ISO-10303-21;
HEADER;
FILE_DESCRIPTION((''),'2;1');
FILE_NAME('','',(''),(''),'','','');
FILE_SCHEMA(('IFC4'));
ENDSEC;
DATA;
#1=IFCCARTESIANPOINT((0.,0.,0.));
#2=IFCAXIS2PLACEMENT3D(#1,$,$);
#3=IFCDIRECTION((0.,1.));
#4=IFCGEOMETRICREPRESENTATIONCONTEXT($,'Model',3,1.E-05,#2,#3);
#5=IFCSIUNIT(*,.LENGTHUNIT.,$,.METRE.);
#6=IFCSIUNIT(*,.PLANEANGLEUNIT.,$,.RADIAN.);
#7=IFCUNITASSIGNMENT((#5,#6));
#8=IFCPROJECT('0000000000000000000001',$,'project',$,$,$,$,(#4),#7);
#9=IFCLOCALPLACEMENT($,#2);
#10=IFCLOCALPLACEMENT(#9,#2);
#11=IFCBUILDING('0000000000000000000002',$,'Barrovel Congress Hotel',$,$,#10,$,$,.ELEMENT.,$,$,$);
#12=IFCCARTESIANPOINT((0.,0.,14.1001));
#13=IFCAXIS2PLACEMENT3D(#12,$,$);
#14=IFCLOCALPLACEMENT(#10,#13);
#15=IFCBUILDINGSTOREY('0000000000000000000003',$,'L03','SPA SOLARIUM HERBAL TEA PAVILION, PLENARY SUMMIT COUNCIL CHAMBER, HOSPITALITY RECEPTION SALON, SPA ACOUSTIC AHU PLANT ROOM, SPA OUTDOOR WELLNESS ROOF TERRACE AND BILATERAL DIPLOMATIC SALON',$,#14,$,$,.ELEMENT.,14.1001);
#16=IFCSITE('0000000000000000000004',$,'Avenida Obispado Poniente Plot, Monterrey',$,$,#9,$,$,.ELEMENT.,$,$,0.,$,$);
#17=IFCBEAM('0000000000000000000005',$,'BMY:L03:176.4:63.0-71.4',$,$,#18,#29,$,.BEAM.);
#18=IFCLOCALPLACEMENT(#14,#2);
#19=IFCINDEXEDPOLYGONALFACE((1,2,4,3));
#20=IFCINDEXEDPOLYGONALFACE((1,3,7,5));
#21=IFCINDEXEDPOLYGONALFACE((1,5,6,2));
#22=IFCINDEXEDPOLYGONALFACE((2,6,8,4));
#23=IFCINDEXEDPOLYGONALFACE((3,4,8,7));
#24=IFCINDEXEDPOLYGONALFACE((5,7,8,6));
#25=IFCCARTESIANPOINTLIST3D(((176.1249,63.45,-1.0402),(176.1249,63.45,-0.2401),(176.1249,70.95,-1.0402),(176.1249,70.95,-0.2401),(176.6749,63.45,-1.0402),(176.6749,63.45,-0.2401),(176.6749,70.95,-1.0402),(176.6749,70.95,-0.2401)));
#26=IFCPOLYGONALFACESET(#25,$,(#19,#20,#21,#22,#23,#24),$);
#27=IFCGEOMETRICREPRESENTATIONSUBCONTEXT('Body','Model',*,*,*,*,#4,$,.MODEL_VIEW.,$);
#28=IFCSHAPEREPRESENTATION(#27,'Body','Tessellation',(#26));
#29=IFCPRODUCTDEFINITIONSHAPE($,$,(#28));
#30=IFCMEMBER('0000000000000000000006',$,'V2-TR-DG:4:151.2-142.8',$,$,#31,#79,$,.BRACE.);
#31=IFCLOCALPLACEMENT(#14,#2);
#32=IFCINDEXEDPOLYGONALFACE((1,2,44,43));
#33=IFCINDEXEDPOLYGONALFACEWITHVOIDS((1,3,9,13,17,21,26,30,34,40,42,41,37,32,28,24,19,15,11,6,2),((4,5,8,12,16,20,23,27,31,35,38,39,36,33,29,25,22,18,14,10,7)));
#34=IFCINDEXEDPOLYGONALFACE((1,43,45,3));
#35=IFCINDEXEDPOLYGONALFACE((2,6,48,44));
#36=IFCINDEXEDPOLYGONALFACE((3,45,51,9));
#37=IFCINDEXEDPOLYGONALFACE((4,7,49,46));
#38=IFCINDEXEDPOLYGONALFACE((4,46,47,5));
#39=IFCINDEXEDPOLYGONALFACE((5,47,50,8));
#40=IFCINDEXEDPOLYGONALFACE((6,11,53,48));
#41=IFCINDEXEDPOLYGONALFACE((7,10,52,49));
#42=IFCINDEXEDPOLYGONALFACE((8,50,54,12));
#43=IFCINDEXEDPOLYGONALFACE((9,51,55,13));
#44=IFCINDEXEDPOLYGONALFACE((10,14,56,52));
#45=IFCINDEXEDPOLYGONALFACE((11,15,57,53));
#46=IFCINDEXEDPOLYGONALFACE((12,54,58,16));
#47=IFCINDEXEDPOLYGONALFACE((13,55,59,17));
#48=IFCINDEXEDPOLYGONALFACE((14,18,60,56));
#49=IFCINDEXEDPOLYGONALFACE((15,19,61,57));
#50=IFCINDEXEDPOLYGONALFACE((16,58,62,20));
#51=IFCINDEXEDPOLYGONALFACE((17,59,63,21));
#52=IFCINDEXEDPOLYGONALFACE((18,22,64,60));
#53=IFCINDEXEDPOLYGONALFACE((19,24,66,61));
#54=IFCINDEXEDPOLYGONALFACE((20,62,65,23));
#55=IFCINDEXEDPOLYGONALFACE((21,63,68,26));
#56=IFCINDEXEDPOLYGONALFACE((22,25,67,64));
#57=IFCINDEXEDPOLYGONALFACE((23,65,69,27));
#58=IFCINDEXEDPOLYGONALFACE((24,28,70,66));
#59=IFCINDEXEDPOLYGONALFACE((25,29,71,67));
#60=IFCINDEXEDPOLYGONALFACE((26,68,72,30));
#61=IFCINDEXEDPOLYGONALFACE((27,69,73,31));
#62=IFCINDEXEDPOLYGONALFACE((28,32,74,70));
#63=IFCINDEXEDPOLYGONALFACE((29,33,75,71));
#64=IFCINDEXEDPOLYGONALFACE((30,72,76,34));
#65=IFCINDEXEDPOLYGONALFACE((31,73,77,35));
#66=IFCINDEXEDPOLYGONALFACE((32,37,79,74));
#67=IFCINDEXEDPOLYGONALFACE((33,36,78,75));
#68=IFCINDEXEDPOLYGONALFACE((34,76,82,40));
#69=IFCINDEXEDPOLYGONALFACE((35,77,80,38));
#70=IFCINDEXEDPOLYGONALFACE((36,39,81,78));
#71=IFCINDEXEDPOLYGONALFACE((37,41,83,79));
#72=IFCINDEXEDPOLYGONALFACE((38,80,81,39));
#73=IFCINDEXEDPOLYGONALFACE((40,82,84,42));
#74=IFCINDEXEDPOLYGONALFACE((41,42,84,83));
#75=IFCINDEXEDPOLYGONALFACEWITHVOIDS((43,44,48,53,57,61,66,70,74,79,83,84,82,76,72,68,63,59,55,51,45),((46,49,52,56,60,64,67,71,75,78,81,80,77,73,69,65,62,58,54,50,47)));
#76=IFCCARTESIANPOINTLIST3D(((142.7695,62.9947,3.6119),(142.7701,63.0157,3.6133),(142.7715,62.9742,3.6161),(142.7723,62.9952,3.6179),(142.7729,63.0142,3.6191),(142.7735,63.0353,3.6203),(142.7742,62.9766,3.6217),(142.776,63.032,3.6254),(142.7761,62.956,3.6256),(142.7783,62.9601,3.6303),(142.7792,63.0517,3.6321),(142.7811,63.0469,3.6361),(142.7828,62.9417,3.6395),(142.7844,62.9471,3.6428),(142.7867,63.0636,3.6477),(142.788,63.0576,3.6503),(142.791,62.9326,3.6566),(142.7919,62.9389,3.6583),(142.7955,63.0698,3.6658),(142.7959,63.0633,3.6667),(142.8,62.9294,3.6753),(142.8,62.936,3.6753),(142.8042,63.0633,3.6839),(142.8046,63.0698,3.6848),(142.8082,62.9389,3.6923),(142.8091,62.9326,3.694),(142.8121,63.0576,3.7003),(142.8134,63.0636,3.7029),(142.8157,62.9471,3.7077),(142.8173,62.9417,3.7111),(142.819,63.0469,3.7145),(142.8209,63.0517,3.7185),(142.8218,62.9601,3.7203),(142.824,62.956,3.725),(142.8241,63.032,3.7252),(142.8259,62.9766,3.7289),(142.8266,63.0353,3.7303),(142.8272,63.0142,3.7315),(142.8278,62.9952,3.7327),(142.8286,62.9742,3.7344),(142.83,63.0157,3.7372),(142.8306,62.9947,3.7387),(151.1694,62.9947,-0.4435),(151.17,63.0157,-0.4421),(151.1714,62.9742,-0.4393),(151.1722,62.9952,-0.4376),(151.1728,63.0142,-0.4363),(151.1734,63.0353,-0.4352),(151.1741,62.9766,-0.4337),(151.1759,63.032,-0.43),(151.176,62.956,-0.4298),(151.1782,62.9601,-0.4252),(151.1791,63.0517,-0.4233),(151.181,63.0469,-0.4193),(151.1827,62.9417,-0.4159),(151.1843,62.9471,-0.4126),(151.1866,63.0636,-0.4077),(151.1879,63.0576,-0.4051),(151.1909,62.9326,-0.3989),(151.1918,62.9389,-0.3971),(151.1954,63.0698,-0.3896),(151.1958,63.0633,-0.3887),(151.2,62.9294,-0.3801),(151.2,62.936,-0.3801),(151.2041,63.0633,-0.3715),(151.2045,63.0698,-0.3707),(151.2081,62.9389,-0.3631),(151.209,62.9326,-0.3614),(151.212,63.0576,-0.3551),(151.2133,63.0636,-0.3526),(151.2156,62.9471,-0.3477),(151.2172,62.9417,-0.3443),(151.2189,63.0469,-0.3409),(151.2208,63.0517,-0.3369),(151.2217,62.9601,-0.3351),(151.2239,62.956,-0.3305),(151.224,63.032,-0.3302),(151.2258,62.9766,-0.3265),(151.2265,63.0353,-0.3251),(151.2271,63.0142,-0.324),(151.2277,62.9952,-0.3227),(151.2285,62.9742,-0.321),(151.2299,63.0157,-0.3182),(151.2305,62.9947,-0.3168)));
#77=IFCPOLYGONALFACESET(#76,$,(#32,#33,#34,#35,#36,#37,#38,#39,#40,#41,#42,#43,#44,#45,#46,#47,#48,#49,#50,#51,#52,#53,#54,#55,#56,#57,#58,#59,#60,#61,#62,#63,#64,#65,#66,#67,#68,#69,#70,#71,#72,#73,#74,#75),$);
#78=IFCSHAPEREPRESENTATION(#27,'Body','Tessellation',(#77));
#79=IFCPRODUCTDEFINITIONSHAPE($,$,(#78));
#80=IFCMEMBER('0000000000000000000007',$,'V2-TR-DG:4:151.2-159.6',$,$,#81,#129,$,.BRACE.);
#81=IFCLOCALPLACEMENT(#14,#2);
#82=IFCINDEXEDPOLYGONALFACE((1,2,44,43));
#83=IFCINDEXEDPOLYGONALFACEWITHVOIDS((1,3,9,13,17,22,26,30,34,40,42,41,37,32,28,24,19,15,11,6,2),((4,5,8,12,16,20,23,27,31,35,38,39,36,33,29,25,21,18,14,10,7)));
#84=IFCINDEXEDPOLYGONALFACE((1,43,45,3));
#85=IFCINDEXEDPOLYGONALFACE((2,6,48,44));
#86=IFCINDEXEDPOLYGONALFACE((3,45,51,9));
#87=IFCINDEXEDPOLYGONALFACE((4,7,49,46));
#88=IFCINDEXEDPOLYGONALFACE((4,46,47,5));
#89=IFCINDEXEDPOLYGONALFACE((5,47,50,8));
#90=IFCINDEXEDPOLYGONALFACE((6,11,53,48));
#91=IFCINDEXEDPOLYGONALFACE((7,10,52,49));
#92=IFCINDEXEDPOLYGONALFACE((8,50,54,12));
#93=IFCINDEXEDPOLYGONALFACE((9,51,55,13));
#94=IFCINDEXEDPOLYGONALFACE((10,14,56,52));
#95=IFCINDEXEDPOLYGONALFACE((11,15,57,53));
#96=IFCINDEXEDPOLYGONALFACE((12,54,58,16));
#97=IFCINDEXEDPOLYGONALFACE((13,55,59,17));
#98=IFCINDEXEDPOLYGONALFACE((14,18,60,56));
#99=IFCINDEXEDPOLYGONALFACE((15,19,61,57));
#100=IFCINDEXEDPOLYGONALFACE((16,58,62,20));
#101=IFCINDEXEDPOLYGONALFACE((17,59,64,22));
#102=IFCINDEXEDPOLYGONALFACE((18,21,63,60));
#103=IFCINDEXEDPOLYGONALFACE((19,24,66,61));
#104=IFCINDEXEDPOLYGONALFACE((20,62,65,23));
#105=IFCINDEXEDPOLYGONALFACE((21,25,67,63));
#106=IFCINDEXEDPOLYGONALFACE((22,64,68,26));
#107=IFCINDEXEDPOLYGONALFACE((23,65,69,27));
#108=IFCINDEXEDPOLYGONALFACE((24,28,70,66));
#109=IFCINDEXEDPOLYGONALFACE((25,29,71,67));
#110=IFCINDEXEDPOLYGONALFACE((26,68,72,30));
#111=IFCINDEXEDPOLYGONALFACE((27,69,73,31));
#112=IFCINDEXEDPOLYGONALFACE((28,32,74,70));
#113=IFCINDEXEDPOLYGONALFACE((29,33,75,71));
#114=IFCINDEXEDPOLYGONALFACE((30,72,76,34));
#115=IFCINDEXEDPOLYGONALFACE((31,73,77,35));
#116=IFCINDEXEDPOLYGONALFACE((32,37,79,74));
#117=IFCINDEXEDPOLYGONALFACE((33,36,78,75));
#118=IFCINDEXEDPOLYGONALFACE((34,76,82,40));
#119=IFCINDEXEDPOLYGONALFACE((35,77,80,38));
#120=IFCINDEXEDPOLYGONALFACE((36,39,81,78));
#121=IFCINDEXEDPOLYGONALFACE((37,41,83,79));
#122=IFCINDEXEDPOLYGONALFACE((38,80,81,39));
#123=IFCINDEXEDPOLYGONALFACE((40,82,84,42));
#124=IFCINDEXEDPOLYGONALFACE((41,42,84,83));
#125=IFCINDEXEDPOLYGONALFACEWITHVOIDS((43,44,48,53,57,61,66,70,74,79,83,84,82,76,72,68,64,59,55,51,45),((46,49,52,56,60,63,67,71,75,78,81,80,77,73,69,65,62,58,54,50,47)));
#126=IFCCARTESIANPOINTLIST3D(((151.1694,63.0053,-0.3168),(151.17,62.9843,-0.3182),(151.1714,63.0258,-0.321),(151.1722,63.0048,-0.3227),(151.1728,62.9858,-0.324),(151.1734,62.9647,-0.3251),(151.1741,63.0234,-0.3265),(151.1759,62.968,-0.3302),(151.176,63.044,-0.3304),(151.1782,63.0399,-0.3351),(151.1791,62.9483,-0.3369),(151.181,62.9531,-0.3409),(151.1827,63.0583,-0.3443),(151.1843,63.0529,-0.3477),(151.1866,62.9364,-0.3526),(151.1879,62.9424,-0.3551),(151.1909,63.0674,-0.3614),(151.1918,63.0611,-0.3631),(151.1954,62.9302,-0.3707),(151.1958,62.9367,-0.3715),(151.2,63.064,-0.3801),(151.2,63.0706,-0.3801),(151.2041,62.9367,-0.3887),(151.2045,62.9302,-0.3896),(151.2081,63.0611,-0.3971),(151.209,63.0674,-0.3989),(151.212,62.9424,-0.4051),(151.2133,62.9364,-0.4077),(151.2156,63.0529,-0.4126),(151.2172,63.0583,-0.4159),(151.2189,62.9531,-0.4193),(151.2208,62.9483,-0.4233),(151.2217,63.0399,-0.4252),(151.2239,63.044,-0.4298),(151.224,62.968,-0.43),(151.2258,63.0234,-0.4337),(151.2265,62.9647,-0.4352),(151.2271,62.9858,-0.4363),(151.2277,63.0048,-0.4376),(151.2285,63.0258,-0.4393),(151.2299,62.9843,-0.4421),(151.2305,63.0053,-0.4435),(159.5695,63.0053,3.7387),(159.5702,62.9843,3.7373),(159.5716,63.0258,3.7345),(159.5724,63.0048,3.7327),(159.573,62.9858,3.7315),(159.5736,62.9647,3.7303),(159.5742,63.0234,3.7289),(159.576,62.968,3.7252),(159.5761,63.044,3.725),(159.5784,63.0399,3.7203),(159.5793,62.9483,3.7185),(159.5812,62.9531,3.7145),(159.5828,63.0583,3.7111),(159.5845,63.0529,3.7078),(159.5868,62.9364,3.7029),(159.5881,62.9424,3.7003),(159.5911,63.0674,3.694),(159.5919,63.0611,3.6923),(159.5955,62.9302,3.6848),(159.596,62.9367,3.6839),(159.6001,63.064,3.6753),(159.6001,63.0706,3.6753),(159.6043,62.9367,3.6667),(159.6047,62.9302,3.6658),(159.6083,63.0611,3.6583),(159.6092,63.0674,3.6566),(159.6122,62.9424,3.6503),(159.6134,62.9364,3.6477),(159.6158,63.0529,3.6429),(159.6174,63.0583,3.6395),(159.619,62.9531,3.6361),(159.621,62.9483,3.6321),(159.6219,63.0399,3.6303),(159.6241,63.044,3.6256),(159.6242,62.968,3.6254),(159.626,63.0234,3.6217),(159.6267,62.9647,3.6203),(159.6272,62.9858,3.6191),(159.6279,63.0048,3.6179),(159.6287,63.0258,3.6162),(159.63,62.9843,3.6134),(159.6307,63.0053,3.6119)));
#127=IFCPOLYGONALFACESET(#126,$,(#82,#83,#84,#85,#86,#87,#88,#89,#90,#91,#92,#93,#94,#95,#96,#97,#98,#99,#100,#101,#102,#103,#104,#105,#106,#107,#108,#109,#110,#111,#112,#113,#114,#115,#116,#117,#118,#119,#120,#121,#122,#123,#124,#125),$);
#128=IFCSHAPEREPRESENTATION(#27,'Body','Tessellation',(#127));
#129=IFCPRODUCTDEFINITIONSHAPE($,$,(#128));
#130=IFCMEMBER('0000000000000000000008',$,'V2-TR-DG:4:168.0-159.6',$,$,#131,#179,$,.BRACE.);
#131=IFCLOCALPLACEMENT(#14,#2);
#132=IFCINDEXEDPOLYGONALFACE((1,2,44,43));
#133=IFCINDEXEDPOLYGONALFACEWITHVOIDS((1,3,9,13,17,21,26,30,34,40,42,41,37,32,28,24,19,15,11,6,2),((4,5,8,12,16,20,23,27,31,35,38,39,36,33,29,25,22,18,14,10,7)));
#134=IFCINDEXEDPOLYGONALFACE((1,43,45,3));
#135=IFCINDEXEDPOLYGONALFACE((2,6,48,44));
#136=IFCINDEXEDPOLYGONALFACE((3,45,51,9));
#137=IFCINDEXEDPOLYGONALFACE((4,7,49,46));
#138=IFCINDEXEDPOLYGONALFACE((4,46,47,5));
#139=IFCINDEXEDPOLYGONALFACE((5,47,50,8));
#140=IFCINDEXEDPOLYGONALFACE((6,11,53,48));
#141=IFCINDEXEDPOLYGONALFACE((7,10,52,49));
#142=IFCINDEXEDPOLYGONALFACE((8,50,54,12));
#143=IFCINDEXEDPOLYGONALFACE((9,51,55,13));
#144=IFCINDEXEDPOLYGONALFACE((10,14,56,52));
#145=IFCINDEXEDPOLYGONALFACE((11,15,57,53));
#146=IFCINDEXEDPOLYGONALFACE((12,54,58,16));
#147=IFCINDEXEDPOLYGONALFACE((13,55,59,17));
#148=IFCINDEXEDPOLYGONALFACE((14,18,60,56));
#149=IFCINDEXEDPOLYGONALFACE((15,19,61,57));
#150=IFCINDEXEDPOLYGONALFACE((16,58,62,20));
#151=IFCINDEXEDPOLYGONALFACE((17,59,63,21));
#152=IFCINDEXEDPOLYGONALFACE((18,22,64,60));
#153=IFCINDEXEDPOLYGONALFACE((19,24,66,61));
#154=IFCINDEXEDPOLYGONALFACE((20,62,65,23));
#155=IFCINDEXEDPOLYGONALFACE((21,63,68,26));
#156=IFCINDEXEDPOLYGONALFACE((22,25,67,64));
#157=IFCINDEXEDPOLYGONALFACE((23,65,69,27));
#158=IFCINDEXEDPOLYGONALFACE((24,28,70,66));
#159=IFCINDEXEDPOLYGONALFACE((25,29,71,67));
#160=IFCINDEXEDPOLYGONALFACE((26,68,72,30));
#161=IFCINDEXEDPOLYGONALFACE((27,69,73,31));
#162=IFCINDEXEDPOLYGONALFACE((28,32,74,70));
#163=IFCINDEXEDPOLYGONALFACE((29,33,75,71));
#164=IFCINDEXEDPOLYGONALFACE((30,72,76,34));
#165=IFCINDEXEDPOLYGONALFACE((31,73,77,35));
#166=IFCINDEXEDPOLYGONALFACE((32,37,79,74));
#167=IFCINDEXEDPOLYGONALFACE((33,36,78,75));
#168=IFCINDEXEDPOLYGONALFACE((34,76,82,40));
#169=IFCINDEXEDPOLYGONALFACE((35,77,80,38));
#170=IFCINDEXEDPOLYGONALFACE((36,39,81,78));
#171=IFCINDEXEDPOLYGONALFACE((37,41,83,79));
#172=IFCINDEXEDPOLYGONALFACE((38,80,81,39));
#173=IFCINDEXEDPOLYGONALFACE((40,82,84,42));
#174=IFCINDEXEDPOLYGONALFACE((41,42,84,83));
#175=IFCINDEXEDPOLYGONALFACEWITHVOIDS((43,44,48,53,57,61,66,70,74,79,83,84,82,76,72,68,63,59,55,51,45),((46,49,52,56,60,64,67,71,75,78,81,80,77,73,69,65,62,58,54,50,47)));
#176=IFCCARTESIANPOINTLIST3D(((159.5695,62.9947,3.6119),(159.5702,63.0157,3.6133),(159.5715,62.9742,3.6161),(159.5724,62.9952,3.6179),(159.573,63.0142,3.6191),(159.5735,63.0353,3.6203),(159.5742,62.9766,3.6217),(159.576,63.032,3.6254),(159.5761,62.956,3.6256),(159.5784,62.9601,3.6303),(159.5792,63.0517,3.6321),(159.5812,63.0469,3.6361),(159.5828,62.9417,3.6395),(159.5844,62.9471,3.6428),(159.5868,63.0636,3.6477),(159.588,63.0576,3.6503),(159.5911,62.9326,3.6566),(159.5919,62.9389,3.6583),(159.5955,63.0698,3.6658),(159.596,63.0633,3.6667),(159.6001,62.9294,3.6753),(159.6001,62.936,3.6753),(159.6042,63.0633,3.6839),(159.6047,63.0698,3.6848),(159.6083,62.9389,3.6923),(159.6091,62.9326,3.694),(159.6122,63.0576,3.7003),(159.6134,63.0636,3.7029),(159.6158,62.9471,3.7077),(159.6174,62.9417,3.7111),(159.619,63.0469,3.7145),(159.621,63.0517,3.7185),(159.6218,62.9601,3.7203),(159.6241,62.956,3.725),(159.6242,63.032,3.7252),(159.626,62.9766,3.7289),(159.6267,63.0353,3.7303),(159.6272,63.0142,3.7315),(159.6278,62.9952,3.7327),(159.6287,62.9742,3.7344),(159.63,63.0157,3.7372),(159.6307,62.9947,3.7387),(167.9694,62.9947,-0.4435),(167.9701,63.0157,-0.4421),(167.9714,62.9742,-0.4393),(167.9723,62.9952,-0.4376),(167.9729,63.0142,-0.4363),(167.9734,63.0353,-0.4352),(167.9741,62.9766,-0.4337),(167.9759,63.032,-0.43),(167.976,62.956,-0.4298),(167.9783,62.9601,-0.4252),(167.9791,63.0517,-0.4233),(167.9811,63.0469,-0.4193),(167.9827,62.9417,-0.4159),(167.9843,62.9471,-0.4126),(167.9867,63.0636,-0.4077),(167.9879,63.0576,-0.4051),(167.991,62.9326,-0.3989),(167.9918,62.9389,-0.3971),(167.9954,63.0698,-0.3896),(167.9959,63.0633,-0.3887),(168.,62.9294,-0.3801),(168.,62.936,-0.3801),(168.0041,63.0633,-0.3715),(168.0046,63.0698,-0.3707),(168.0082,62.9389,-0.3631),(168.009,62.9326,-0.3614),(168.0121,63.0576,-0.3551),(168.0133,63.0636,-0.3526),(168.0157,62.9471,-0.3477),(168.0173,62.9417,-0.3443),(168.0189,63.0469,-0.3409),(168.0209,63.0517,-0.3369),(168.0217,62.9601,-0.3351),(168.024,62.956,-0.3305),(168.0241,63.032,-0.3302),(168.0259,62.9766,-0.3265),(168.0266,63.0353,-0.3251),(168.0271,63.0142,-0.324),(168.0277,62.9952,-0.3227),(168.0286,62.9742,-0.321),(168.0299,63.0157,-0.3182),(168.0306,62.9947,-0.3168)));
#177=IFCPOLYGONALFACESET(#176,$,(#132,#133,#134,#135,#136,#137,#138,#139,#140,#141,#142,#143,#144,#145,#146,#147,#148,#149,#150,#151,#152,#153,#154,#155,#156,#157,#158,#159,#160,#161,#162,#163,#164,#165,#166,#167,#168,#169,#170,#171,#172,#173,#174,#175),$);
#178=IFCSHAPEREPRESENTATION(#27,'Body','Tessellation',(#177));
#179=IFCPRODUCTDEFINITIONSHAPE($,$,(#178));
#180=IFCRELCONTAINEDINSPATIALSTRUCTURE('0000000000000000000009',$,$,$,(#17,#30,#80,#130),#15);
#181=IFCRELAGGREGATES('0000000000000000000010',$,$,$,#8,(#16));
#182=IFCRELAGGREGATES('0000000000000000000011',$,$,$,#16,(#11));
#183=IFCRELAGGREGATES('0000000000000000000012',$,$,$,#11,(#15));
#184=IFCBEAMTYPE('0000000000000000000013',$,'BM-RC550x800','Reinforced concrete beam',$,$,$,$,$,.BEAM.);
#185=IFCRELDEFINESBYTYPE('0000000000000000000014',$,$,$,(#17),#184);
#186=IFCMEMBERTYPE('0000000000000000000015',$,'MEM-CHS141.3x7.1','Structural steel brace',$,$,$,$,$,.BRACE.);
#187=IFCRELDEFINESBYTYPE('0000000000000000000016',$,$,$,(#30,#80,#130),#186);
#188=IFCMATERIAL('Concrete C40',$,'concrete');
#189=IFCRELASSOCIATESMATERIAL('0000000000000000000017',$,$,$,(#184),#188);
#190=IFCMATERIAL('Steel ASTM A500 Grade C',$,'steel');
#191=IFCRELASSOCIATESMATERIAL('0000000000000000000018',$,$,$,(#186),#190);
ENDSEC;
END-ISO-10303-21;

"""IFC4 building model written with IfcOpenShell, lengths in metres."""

from ifc_helpers import new_model, si_unit, direction, frame, origin, origin_2d, place, context, subcontext, project, spatial, rectangle, hollow_circle, extrude, material, material_profile, profile_set, type_object, element, save


model = new_model("IFC4")

# Units and contexts
model_context = context("Model", 3, precision=1e-05, world=origin(), true_north=direction((0.0, 1.0)))
body_context = subcontext(model_context, "Body", "Model", "MODEL_VIEW")
ifc_project = project(units=[si_unit("LENGTHUNIT", "METRE"), si_unit("PLANEANGLEUNIT", "RADIAN")], contexts=[model_context])

# Site, building, storey
site_placement = place(None, origin())
site = spatial("IfcSite", under=ifc_project, at=site_placement, Name="Avenida Obispado Poniente Plot, Monterrey", CompositionType="ELEMENT", RefElevation=0.0)
building_placement = place(site_placement, origin())
building = spatial("IfcBuilding", under=site, at=building_placement, Name="Barrovel Congress Hotel", CompositionType="ELEMENT")
storey_placement = place(building_placement, frame((0.0, 0.0, 14.1001)))
storey = spatial("IfcBuildingStorey", under=building, at=storey_placement, Name="L03", Description="SPA SOLARIUM HERBAL TEA PAVILION, PLENARY SUMMIT COUNCIL CHAMBER, HOSPITALITY RECEPTION SALON, SPA ACOUSTIC AHU PLANT ROOM, SPA OUTDOOR WELLNESS ROOF TERRACE AND BILATERAL DIPLOMATIC SALON", CompositionType="ELEMENT", Elevation=14.1001)

# Beam
ifc_material_1 = material(Name="Concrete C40", Category="concrete")
ifc_material_profile_1 = material_profile(ifc_material_1, rectangle(XDim=0.55, YDim=0.8, at=origin_2d()), Name="RC550x800")
ifc_profile_set_1 = profile_set([ifc_material_profile_1], Name="Concrete C40")
beam_type_1 = type_object("IfcBeamType", Name="BM-RC550x800", Description="Reinforced concrete beam", PredefinedType="BEAM", material=ifc_profile_set_1)
beam_1_placement = place(storey_placement, frame((176.3999, 63.45, -0.6401), z_axis=(0.0, 1.0, 0.0), x_axis=(-1.0, 0.0, 0.0)))
element("IfcBeam", 1, at=beam_1_placement, inside=storey, type_object=beam_type_1, Name="BMY:L03:176.4:63.0-71.4", PredefinedType="BEAM", context=body_context, shape_type="SweptSolid", body=[
    extrude(rectangle(XDim=0.55, YDim=0.8, at=origin_2d()), origin(), (0.0, 0.0, 1.0), 7.5),
])

# Members
ifc_material_2 = material(Name="Steel ASTM A500 Grade C", Category="steel")
ifc_material_profile_2 = material_profile(ifc_material_2, hollow_circle(Radius=0.0706, WallThickness=0.0066, at=origin_2d()), Name="CHS141.3x7.1")
ifc_profile_set_2 = profile_set([ifc_material_profile_2], Name="Steel ASTM A500 Grade C")
member_type_1 = type_object("IfcMemberType", Name="MEM-CHS141.3x7.1", Description="Structural steel brace", PredefinedType="BRACE", material=ifc_profile_set_2)
member_1_placement = place(storey_placement, frame((151.2, 63.0, -0.3801), z_axis=(-0.900539, 0.0, 0.434775), x_axis=(0.0, -1.0, 0.0)))
element("IfcMember", 2, at=member_1_placement, inside=storey, type_object=member_type_1, Name="V2-TR-DG:4:151.2-142.8", PredefinedType="BRACE", context=body_context, shape_type="SweptSolid", body=[
    extrude(hollow_circle(Radius=0.0706, WallThickness=0.0066, at=origin_2d()), origin(), (0.0, 0.0, 1.0), 9.3276),
])
member_2_placement = place(storey_placement, frame((151.2, 63.0, -0.3801), z_axis=(0.900544, 0.0, 0.434764), x_axis=(0.0, 1.0, 0.0)))
element("IfcMember", 3, at=member_2_placement, inside=storey, type_object=member_type_1, Name="V2-TR-DG:4:151.2-159.6", PredefinedType="BRACE", context=body_context, shape_type="SweptSolid", body=[
    extrude(hollow_circle(Radius=0.0706, WallThickness=0.0066, at=origin_2d()), origin(), (0.0, 0.0, 1.0), 9.3279),
])
for number, where, z_axis, x_axis, name in (
    (4, (168.0, 63.0, -0.3801), (-0.900539, 0.0, 0.434775), (0.0, -1.0, 0.0), "V2-TR-DG:4:168.0-159.6"),
):
    element("IfcMember", number, at=place(storey_placement, frame(where, z_axis=z_axis, x_axis=x_axis)), inside=storey, type_object=member_type_1, Name=name, PredefinedType="BRACE", context=body_context, shape_type="SweptSolid", body=[
        extrude(hollow_circle(Radius=0.0706, WallThickness=0.0066, at=origin_2d()), origin(), (0.0, 0.0, 1.0), 9.3276),
    ])

save(model, "model.ifc")
